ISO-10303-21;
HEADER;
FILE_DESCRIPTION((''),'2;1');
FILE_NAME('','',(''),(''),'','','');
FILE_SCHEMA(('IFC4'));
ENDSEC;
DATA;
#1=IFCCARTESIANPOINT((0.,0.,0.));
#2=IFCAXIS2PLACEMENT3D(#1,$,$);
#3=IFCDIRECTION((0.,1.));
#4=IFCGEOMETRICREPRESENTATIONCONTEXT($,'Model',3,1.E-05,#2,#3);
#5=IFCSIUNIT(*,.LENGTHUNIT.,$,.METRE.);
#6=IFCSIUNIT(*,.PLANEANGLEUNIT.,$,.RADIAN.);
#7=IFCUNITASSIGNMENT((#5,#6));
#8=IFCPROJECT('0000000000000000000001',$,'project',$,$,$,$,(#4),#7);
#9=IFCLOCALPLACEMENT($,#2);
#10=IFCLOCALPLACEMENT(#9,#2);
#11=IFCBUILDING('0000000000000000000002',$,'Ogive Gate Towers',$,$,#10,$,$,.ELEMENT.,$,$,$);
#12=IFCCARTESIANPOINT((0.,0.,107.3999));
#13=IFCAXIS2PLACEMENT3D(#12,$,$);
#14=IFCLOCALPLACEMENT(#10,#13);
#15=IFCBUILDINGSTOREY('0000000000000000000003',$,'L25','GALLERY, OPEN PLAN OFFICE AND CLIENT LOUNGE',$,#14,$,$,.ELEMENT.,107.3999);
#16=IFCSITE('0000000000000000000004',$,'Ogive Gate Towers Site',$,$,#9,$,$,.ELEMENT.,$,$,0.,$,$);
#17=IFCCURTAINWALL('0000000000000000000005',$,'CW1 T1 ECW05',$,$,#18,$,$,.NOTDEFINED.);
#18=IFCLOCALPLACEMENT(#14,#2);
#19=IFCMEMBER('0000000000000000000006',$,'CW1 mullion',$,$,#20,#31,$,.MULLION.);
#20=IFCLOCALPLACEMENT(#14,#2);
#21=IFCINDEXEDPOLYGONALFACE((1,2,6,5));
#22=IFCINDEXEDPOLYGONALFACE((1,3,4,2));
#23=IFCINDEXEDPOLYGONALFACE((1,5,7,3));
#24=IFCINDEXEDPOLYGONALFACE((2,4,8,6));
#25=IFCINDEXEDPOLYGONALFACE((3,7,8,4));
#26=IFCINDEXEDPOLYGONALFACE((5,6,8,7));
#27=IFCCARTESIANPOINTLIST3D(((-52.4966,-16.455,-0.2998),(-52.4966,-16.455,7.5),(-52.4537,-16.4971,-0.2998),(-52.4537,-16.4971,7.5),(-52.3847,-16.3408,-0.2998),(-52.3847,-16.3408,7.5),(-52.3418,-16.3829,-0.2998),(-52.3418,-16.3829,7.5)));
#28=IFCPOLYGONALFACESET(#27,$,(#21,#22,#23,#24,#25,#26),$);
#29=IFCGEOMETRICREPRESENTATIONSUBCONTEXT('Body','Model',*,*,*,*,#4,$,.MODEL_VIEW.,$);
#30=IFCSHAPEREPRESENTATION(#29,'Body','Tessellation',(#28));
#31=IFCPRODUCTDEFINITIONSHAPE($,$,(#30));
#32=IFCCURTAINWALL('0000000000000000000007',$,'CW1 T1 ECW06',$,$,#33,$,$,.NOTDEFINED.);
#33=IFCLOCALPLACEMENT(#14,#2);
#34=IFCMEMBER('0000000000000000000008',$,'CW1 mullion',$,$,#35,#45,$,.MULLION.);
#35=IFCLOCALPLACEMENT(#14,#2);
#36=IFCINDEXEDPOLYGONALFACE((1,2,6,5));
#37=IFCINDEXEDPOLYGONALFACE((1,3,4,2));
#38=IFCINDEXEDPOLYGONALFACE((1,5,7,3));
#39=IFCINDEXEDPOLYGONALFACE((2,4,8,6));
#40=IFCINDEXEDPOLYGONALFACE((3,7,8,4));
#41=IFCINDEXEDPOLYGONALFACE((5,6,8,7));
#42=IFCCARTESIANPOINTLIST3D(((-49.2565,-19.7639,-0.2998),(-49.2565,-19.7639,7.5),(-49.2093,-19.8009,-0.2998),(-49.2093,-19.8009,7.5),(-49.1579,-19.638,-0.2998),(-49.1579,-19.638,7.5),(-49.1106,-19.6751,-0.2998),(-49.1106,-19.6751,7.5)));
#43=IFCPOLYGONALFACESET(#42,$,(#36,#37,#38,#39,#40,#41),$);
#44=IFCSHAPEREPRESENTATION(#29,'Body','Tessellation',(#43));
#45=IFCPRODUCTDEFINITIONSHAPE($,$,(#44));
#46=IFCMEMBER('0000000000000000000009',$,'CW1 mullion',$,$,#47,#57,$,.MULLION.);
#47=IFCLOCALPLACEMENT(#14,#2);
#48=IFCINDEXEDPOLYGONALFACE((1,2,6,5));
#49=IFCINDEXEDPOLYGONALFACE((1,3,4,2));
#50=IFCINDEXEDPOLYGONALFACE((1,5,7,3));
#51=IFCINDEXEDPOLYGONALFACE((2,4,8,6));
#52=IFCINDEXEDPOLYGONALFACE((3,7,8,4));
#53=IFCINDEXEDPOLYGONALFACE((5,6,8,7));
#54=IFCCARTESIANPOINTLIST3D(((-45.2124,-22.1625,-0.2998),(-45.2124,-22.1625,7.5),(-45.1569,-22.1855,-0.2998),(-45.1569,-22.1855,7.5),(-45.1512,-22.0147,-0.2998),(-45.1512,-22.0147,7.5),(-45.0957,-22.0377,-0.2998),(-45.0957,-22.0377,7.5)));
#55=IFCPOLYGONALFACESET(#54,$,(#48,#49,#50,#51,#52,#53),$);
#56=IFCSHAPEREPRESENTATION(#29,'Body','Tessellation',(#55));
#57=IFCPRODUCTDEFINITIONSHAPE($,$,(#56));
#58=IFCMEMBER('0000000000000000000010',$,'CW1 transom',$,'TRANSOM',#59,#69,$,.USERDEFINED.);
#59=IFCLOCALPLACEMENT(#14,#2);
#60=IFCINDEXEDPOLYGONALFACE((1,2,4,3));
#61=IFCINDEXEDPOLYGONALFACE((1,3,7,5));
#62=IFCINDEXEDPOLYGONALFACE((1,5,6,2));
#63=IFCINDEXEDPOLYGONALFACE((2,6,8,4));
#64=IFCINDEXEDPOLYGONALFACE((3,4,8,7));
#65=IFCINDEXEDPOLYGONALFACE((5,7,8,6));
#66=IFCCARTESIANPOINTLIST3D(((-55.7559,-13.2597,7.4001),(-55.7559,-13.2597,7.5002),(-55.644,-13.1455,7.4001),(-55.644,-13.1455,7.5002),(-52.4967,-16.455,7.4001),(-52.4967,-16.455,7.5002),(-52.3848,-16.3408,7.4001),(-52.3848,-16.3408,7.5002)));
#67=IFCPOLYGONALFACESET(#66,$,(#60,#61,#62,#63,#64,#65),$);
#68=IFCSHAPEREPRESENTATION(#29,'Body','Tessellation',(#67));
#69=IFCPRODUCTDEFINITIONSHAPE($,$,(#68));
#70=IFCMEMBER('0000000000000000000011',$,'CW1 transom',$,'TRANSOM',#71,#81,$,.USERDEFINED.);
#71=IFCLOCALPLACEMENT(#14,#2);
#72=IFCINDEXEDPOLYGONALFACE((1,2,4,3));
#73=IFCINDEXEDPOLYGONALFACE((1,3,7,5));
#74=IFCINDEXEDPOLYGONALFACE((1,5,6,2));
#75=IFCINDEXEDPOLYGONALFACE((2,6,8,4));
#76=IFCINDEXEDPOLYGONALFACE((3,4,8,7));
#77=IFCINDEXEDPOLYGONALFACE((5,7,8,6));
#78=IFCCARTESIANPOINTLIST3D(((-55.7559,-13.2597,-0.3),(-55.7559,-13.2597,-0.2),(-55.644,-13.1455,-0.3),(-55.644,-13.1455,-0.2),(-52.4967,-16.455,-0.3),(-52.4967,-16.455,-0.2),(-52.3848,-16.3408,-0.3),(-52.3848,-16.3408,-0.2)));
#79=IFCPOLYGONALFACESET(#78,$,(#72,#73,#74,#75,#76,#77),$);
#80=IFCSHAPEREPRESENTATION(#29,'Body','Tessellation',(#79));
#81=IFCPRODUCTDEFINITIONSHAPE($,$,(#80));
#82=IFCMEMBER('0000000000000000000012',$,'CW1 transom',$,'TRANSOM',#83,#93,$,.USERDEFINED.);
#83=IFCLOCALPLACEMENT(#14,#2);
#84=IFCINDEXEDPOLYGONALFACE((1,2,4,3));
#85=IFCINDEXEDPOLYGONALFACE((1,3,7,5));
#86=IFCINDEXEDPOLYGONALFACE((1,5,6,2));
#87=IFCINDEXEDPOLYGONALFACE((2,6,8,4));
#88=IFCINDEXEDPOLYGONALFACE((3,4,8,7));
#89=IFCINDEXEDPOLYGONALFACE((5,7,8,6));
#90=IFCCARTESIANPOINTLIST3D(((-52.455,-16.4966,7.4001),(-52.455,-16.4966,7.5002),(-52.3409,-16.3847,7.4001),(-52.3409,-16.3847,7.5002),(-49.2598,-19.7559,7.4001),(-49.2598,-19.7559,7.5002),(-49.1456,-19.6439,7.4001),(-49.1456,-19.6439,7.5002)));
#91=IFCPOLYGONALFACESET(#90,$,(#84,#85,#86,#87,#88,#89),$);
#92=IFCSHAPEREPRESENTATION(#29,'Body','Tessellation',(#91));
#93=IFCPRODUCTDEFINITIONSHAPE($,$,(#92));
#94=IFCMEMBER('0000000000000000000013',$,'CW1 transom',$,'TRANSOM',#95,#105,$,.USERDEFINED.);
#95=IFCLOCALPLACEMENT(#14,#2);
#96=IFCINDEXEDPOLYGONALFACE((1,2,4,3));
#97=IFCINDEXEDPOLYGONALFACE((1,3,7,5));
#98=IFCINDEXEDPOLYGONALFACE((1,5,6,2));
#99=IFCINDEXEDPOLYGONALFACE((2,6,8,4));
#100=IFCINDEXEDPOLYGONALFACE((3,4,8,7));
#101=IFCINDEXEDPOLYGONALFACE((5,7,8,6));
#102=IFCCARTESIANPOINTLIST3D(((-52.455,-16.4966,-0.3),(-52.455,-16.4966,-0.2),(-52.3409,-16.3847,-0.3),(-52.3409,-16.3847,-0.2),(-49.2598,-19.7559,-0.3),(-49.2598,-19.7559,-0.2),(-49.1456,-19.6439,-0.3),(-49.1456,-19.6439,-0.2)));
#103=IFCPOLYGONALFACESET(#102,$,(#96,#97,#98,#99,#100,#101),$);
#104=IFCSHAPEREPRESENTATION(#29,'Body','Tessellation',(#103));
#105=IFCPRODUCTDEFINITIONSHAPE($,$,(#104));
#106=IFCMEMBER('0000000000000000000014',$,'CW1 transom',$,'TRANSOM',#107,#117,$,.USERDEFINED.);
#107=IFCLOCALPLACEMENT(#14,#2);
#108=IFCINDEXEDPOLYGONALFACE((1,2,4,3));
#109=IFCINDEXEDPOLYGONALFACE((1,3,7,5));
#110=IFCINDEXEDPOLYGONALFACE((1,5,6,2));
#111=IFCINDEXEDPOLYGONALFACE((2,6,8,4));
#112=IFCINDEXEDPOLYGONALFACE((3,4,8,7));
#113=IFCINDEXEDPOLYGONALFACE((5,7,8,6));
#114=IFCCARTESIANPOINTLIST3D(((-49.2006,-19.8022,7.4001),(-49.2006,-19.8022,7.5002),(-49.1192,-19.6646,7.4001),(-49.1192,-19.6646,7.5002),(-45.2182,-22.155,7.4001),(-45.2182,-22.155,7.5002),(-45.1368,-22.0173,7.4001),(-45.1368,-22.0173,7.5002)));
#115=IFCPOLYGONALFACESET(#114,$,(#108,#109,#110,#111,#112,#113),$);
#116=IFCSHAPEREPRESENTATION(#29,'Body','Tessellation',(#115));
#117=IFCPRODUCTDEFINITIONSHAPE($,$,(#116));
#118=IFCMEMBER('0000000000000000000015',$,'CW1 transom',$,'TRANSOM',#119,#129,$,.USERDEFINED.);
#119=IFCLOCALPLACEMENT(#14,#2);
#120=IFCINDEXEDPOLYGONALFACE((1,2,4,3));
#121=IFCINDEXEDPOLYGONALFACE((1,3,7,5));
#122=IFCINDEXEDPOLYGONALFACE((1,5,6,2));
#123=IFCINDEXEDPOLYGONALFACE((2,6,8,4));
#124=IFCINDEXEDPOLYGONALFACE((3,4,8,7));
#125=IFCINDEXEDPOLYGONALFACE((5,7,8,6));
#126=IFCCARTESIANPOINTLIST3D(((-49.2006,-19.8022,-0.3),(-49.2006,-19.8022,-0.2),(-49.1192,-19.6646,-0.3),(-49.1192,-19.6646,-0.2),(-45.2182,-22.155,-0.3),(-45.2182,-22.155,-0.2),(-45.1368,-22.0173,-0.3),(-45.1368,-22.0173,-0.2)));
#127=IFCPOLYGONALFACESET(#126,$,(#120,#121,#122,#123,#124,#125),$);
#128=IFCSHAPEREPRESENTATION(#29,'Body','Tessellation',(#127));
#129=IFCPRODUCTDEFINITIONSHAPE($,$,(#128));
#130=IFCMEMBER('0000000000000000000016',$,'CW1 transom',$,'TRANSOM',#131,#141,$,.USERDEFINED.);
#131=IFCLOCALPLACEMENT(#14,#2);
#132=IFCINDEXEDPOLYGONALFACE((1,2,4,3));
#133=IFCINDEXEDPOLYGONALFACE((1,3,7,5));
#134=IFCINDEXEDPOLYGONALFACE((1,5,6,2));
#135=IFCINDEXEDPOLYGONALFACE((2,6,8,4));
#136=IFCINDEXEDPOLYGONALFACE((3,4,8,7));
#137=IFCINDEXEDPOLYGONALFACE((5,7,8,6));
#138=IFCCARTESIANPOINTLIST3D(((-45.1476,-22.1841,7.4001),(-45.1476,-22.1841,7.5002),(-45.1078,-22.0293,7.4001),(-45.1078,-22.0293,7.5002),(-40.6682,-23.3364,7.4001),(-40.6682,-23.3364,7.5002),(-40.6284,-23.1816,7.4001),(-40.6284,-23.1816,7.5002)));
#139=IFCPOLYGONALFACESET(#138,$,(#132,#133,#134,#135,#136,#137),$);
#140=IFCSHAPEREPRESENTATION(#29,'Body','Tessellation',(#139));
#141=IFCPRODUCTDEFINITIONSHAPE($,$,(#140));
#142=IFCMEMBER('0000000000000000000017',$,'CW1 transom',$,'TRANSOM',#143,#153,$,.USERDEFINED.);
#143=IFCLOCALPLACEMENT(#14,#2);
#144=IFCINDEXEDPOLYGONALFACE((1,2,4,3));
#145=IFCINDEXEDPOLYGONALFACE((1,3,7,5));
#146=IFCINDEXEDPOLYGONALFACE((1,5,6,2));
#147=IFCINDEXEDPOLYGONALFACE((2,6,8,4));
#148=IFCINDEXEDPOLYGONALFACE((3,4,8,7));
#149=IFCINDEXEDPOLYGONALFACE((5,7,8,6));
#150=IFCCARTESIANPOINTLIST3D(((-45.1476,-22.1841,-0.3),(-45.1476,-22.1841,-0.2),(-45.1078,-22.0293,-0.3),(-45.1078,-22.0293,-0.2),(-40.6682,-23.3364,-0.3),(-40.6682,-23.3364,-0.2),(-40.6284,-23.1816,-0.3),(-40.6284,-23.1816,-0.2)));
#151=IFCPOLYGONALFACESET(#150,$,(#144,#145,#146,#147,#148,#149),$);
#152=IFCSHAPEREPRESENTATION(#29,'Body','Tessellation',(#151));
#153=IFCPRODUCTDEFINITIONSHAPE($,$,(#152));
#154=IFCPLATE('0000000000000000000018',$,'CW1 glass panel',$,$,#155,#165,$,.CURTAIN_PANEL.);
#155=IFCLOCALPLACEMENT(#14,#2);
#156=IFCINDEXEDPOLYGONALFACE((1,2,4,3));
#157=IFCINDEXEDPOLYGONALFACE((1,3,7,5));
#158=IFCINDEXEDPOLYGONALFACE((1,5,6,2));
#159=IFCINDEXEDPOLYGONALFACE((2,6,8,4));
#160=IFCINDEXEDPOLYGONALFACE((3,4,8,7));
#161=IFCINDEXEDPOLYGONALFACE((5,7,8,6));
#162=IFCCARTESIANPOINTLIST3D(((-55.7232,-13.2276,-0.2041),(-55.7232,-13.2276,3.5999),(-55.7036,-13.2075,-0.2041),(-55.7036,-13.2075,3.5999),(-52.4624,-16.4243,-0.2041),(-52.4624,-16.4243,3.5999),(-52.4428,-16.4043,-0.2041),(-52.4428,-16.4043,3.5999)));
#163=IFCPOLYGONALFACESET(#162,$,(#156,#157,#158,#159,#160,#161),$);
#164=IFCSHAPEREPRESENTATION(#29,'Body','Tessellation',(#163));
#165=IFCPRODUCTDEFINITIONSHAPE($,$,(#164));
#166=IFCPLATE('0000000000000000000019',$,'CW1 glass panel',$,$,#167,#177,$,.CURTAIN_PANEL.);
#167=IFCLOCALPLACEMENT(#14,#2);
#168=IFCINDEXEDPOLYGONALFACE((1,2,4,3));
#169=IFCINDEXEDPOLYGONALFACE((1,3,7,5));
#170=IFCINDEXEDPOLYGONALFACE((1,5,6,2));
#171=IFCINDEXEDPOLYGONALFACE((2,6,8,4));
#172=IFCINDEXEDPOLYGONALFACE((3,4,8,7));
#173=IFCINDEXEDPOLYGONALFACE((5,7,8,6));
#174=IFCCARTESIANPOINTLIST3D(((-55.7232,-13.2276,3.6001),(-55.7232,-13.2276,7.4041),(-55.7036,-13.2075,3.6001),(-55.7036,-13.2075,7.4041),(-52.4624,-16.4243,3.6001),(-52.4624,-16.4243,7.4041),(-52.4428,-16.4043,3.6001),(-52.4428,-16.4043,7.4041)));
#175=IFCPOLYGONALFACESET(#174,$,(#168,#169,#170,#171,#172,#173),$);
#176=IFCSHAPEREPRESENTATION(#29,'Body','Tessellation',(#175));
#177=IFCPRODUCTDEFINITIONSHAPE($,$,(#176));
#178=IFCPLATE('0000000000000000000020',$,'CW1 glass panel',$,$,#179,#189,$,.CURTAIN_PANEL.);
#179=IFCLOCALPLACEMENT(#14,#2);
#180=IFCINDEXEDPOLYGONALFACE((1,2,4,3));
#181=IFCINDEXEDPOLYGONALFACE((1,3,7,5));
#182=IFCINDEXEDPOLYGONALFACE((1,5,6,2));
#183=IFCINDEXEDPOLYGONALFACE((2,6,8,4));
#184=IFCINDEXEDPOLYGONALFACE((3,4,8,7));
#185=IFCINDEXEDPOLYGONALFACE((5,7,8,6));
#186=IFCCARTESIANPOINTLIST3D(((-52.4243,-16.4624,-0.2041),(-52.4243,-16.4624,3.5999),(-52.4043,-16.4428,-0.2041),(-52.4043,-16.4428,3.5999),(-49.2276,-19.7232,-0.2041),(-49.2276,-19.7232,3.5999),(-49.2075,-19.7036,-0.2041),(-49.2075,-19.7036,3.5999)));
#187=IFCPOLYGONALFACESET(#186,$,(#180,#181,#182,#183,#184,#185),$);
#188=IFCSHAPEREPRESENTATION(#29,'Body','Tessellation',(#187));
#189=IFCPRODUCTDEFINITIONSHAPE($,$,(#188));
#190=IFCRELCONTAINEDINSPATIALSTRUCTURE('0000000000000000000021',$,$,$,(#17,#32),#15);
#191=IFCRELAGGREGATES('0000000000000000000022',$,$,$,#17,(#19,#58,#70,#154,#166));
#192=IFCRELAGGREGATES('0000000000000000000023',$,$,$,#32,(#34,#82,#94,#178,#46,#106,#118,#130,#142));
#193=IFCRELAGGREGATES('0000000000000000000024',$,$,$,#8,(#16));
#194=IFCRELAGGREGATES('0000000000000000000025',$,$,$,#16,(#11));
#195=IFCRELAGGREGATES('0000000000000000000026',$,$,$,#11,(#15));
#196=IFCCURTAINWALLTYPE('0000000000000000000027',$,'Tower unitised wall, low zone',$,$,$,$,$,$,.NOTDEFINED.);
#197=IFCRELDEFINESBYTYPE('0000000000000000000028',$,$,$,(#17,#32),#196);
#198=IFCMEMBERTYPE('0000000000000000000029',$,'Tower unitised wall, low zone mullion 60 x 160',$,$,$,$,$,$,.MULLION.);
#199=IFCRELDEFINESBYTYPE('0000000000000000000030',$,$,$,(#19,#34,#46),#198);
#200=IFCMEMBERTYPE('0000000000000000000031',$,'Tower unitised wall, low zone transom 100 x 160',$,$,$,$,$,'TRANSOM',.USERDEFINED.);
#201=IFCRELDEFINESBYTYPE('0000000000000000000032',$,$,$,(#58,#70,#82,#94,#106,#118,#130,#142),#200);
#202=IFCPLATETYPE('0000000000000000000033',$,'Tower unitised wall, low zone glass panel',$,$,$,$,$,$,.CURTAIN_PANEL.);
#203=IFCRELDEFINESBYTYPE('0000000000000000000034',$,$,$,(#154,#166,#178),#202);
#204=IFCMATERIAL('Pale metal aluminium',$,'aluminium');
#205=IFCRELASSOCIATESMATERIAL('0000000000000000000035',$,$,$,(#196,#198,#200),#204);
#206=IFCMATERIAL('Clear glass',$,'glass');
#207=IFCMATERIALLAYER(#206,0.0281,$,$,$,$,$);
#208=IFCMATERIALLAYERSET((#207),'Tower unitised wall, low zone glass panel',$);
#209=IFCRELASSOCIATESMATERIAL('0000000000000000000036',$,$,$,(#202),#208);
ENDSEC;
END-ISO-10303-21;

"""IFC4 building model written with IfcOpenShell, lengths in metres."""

from ifc_helpers import new_model, si_unit, direction, frame, origin, origin_2d, place, context, subcontext, project, spatial, rectangle, extrude, material, layer, layer_set, material_profile, profile_set, type_object, element, aggregate, save


model = new_model("IFC4")

# Units and contexts
model_context = context("Model", 3, precision=1e-05, world=origin(), true_north=direction((0.0, 1.0)))
body_context = subcontext(model_context, "Body", "Model", "MODEL_VIEW")
ifc_project = project(units=[si_unit("LENGTHUNIT", "METRE"), si_unit("PLANEANGLEUNIT", "RADIAN")], contexts=[model_context])

# Site, building, storey
site_placement = place(None, origin())
site = spatial("IfcSite", under=ifc_project, at=site_placement, Name="Ogive Gate Towers Site", CompositionType="ELEMENT", RefElevation=0.0)
building_placement = place(site_placement, origin())
building = spatial("IfcBuilding", under=site, at=building_placement, Name="Ogive Gate Towers", CompositionType="ELEMENT")
storey_placement = place(building_placement, frame((0.0, 0.0, 107.3999)))
storey = spatial("IfcBuildingStorey", under=building, at=storey_placement, Name="L25", Description="GALLERY, OPEN PLAN OFFICE AND CLIENT LOUNGE", CompositionType="ELEMENT", Elevation=107.3999)

# Curtain wall, member
ifc_material_1 = material(Name="Pale metal aluminium", Category="aluminium")
curtain_wall_type = type_object("IfcCurtainWallType", Name="Tower unitised wall, low zone", PredefinedType="NOTDEFINED", material=ifc_material_1)
curtain_wall_1_placement = place(storey_placement, origin())
curtain_wall_1 = element("IfcCurtainWall", 1, at=curtain_wall_1_placement, inside=storey, type_object=curtain_wall_type, Name="CW1 T1 ECW05", PredefinedType="NOTDEFINED")
ifc_material_profile_1 = material_profile(ifc_material_1, rectangle(XDim=0.1599, YDim=0.0601, at=origin_2d()), Name="60 x 160 aluminium box")
ifc_profile_set_1 = profile_set([ifc_material_profile_1], Name="Pale metal aluminium")
member_type_1 = type_object("IfcMemberType", Name="Tower unitised wall, low zone mullion 60 x 160", PredefinedType="MULLION", material=ifc_profile_set_1)
member_1_placement = place(storey_placement, frame((-52.4192, -16.4189, -0.2998), z_axis=(0.0, 0.0, 1.0), x_axis=(-0.700062, -0.714082, 0.0)))
member_1 = element("IfcMember", 2, at=member_1_placement, type_object=member_type_1, Name="CW1 mullion", PredefinedType="MULLION", context=body_context, shape_type="SweptSolid", body=[
    extrude(rectangle(XDim=0.1599, YDim=0.0601, at=origin_2d()), origin(), (0.0, 0.0, 1.0), 7.7998),
])

# Curtain wall, members
curtain_wall_2_placement = place(storey_placement, origin())
curtain_wall_2 = element("IfcCurtainWall", 3, at=curtain_wall_2_placement, inside=storey, type_object=curtain_wall_type, Name="CW1 T1 ECW06", PredefinedType="NOTDEFINED")
member_2_placement = place(storey_placement, frame((-49.1836, -19.7195, -0.2998), z_axis=(0.0, 0.0, 1.0), x_axis=(-0.616637, -0.787247, 0.0)))
member_2 = element("IfcMember", 4, at=member_2_placement, type_object=member_type_1, Name="CW1 mullion", PredefinedType="MULLION", context=body_context, shape_type="SweptSolid", body=[
    extrude(rectangle(XDim=0.1599, YDim=0.0601, at=origin_2d()), origin(), (0.0, 0.0, 1.0), 7.7998),
])
member_3_placement = place(storey_placement, frame((-45.1541, -22.1001, -0.2998), z_axis=(0.0, 0.0, 1.0), x_axis=(-0.382683, -0.92388, 0.0)))
member_3 = element("IfcMember", 5, at=member_3_placement, type_object=member_type_1, Name="CW1 mullion", PredefinedType="MULLION", context=body_context, shape_type="SweptSolid", body=[
    extrude(rectangle(XDim=0.1599, YDim=0.0601, at=origin_2d()), origin(), (0.0, 0.0, 1.0), 7.7998),
])

# Members
ifc_material_profile_2 = material_profile(ifc_material_1, rectangle(XDim=0.1599, YDim=0.1001, at=origin_2d()), Name="100 x 160 aluminium box")
ifc_profile_set_2 = profile_set([ifc_material_profile_2], Name="Pale metal aluminium")
member_type_2 = type_object("IfcMemberType", Name="Tower unitised wall, low zone transom 100 x 160", ElementType="TRANSOM", PredefinedType="USERDEFINED", material=ifc_profile_set_2)
member_4_placement = place(storey_placement, frame((-55.7, -13.2026, 7.4502), z_axis=(0.714079, -0.700065, 0.0), x_axis=(0.700065, 0.714079, 0.0)))
member_4 = element("IfcMember", 6, at=member_4_placement, type_object=member_type_2, Name="CW1 transom", ObjectType="TRANSOM", PredefinedType="USERDEFINED", context=body_context, shape_type="SweptSolid", body=[
    extrude(rectangle(XDim=0.1599, YDim=0.1001, at=origin_2d()), origin(), (0.0, 0.0, 1.0), 4.5642),
])
member_5_placement = place(storey_placement, frame((-55.7, -13.2026, -0.25), z_axis=(0.714079, -0.700065, 0.0), x_axis=(0.700065, 0.714079, 0.0)))
member_5 = element("IfcMember", 7, at=member_5_placement, type_object=member_type_2, Name="CW1 transom", ObjectType="TRANSOM", PredefinedType="USERDEFINED", context=body_context, shape_type="SweptSolid", body=[
    extrude(rectangle(XDim=0.1599, YDim=0.1001, at=origin_2d()), origin(), (0.0, 0.0, 1.0), 4.5642),
])
member_6_placement = place(storey_placement, frame((-52.3979, -16.4407, 7.4502), z_axis=(0.700065, -0.714079, 0.0), x_axis=(0.714079, 0.700065, 0.0)))
member_6 = element("IfcMember", 8, at=member_6_placement, type_object=member_type_2, Name="CW1 transom", ObjectType="TRANSOM", PredefinedType="USERDEFINED", context=body_context, shape_type="SweptSolid", body=[
    extrude(rectangle(XDim=0.1599, YDim=0.1001, at=origin_2d()), origin(), (0.0, 0.0, 1.0), 4.5642),
])
member_7_placement = place(storey_placement, frame((-52.3979, -16.4407, -0.25), z_axis=(0.700065, -0.714079, 0.0), x_axis=(0.714079, 0.700065, 0.0)))
member_7 = element("IfcMember", 9, at=member_7_placement, type_object=member_type_2, Name="CW1 transom", ObjectType="TRANSOM", PredefinedType="USERDEFINED", context=body_context, shape_type="SweptSolid", body=[
    extrude(rectangle(XDim=0.1599, YDim=0.1001, at=origin_2d()), origin(), (0.0, 0.0, 1.0), 4.5642),
])
member_8_placement = place(storey_placement, frame((-49.1599, -19.7334, 7.4502), z_axis=(0.860971, -0.508655, 0.0), x_axis=(0.508655, 0.860971, 0.0)))
member_8 = element("IfcMember", 10, at=member_8_placement, type_object=member_type_2, Name="CW1 transom", ObjectType="TRANSOM", PredefinedType="USERDEFINED", context=body_context, shape_type="SweptSolid", body=[
    extrude(rectangle(XDim=0.1599, YDim=0.1001, at=origin_2d()), origin(), (0.0, 0.0, 1.0), 4.6255),
])
member_9_placement = place(storey_placement, frame((-49.1599, -19.7334, -0.25), z_axis=(0.860971, -0.508655, 0.0), x_axis=(0.508655, 0.860971, 0.0)))
member_9 = element("IfcMember", 11, at=member_9_placement, type_object=member_type_2, Name="CW1 transom", ObjectType="TRANSOM", PredefinedType="USERDEFINED", context=body_context, shape_type="SweptSolid", body=[
    extrude(rectangle(XDim=0.1599, YDim=0.1001, at=origin_2d()), origin(), (0.0, 0.0, 1.0), 4.6255),
])
member_10_placement = place(storey_placement, frame((-45.1277, -22.1067, 7.4502), z_axis=(0.968468, -0.249137, 0.0), x_axis=(0.249137, 0.968468, 0.0)))
member_10 = element("IfcMember", 12, at=member_10_placement, type_object=member_type_2, Name="CW1 transom", ObjectType="TRANSOM", PredefinedType="USERDEFINED", context=body_context, shape_type="SweptSolid", body=[
    extrude(rectangle(XDim=0.1599, YDim=0.1001, at=origin_2d()), origin(), (0.0, 0.0, 1.0), 4.6252),
])
member_11_placement = place(storey_placement, frame((-45.1277, -22.1067, -0.25), z_axis=(0.968468, -0.249137, 0.0), x_axis=(0.249137, 0.968468, 0.0)))
member_11 = element("IfcMember", 13, at=member_11_placement, type_object=member_type_2, Name="CW1 transom", ObjectType="TRANSOM", PredefinedType="USERDEFINED", context=body_context, shape_type="SweptSolid", body=[
    extrude(rectangle(XDim=0.1599, YDim=0.1001, at=origin_2d()), origin(), (0.0, 0.0, 1.0), 4.6252),
])

# Plates
ifc_material_2 = material(Name="Clear glass", Category="glass")
ifc_layer_1 = layer(ifc_material_2, 0.0281)
ifc_layer_set_1 = layer_set([ifc_layer_1], Name="Tower unitised wall, low zone glass panel")
plate_type = type_object("IfcPlateType", Name="Tower unitised wall, low zone glass panel", PredefinedType="CURTAIN_PANEL", material=ifc_layer_set_1)
plate_1_placement = place(storey_placement, frame((-54.083, -14.8159, -0.2041), z_axis=(0.0, 0.0, 1.0), x_axis=(0.714082, -0.700062, 0.0)))
plate_1 = element("IfcPlate", 14, at=plate_1_placement, type_object=plate_type, Name="CW1 glass panel", PredefinedType="CURTAIN_PANEL", context=body_context, shape_type="SweptSolid", body=[
    extrude(rectangle(XDim=4.5664, YDim=0.0281, at=origin_2d()), origin(), (0.0, 0.0, 1.0), 3.804),
])
plate_2_placement = place(storey_placement, frame((-54.083, -14.8159, 3.6001), z_axis=(0.0, 0.0, 1.0), x_axis=(0.714082, -0.700062, 0.0)))
plate_2 = element("IfcPlate", 15, at=plate_2_placement, type_object=plate_type, Name="CW1 glass panel", PredefinedType="CURTAIN_PANEL", context=body_context, shape_type="SweptSolid", body=[
    extrude(rectangle(XDim=4.5664, YDim=0.0281, at=origin_2d()), origin(), (0.0, 0.0, 1.0), 3.804),
])
aggregate(curtain_wall_1, [member_1, member_4, member_5, plate_1, plate_2])
plate_3_placement = place(storey_placement, frame((-50.8159, -18.083, -0.2041), z_axis=(0.0, 0.0, 1.0), x_axis=(0.700062, -0.714082, 0.0)))
plate_3 = element("IfcPlate", 16, at=plate_3_placement, type_object=plate_type, Name="CW1 glass panel", PredefinedType="CURTAIN_PANEL", context=body_context, shape_type="SweptSolid", body=[
    extrude(rectangle(XDim=4.5664, YDim=0.0281, at=origin_2d()), origin(), (0.0, 0.0, 1.0), 3.804),
])
aggregate(curtain_wall_2, [member_2, member_6, member_7, plate_3, member_3, member_8, member_9, member_10, member_11])

save(model, "model.ifc")
